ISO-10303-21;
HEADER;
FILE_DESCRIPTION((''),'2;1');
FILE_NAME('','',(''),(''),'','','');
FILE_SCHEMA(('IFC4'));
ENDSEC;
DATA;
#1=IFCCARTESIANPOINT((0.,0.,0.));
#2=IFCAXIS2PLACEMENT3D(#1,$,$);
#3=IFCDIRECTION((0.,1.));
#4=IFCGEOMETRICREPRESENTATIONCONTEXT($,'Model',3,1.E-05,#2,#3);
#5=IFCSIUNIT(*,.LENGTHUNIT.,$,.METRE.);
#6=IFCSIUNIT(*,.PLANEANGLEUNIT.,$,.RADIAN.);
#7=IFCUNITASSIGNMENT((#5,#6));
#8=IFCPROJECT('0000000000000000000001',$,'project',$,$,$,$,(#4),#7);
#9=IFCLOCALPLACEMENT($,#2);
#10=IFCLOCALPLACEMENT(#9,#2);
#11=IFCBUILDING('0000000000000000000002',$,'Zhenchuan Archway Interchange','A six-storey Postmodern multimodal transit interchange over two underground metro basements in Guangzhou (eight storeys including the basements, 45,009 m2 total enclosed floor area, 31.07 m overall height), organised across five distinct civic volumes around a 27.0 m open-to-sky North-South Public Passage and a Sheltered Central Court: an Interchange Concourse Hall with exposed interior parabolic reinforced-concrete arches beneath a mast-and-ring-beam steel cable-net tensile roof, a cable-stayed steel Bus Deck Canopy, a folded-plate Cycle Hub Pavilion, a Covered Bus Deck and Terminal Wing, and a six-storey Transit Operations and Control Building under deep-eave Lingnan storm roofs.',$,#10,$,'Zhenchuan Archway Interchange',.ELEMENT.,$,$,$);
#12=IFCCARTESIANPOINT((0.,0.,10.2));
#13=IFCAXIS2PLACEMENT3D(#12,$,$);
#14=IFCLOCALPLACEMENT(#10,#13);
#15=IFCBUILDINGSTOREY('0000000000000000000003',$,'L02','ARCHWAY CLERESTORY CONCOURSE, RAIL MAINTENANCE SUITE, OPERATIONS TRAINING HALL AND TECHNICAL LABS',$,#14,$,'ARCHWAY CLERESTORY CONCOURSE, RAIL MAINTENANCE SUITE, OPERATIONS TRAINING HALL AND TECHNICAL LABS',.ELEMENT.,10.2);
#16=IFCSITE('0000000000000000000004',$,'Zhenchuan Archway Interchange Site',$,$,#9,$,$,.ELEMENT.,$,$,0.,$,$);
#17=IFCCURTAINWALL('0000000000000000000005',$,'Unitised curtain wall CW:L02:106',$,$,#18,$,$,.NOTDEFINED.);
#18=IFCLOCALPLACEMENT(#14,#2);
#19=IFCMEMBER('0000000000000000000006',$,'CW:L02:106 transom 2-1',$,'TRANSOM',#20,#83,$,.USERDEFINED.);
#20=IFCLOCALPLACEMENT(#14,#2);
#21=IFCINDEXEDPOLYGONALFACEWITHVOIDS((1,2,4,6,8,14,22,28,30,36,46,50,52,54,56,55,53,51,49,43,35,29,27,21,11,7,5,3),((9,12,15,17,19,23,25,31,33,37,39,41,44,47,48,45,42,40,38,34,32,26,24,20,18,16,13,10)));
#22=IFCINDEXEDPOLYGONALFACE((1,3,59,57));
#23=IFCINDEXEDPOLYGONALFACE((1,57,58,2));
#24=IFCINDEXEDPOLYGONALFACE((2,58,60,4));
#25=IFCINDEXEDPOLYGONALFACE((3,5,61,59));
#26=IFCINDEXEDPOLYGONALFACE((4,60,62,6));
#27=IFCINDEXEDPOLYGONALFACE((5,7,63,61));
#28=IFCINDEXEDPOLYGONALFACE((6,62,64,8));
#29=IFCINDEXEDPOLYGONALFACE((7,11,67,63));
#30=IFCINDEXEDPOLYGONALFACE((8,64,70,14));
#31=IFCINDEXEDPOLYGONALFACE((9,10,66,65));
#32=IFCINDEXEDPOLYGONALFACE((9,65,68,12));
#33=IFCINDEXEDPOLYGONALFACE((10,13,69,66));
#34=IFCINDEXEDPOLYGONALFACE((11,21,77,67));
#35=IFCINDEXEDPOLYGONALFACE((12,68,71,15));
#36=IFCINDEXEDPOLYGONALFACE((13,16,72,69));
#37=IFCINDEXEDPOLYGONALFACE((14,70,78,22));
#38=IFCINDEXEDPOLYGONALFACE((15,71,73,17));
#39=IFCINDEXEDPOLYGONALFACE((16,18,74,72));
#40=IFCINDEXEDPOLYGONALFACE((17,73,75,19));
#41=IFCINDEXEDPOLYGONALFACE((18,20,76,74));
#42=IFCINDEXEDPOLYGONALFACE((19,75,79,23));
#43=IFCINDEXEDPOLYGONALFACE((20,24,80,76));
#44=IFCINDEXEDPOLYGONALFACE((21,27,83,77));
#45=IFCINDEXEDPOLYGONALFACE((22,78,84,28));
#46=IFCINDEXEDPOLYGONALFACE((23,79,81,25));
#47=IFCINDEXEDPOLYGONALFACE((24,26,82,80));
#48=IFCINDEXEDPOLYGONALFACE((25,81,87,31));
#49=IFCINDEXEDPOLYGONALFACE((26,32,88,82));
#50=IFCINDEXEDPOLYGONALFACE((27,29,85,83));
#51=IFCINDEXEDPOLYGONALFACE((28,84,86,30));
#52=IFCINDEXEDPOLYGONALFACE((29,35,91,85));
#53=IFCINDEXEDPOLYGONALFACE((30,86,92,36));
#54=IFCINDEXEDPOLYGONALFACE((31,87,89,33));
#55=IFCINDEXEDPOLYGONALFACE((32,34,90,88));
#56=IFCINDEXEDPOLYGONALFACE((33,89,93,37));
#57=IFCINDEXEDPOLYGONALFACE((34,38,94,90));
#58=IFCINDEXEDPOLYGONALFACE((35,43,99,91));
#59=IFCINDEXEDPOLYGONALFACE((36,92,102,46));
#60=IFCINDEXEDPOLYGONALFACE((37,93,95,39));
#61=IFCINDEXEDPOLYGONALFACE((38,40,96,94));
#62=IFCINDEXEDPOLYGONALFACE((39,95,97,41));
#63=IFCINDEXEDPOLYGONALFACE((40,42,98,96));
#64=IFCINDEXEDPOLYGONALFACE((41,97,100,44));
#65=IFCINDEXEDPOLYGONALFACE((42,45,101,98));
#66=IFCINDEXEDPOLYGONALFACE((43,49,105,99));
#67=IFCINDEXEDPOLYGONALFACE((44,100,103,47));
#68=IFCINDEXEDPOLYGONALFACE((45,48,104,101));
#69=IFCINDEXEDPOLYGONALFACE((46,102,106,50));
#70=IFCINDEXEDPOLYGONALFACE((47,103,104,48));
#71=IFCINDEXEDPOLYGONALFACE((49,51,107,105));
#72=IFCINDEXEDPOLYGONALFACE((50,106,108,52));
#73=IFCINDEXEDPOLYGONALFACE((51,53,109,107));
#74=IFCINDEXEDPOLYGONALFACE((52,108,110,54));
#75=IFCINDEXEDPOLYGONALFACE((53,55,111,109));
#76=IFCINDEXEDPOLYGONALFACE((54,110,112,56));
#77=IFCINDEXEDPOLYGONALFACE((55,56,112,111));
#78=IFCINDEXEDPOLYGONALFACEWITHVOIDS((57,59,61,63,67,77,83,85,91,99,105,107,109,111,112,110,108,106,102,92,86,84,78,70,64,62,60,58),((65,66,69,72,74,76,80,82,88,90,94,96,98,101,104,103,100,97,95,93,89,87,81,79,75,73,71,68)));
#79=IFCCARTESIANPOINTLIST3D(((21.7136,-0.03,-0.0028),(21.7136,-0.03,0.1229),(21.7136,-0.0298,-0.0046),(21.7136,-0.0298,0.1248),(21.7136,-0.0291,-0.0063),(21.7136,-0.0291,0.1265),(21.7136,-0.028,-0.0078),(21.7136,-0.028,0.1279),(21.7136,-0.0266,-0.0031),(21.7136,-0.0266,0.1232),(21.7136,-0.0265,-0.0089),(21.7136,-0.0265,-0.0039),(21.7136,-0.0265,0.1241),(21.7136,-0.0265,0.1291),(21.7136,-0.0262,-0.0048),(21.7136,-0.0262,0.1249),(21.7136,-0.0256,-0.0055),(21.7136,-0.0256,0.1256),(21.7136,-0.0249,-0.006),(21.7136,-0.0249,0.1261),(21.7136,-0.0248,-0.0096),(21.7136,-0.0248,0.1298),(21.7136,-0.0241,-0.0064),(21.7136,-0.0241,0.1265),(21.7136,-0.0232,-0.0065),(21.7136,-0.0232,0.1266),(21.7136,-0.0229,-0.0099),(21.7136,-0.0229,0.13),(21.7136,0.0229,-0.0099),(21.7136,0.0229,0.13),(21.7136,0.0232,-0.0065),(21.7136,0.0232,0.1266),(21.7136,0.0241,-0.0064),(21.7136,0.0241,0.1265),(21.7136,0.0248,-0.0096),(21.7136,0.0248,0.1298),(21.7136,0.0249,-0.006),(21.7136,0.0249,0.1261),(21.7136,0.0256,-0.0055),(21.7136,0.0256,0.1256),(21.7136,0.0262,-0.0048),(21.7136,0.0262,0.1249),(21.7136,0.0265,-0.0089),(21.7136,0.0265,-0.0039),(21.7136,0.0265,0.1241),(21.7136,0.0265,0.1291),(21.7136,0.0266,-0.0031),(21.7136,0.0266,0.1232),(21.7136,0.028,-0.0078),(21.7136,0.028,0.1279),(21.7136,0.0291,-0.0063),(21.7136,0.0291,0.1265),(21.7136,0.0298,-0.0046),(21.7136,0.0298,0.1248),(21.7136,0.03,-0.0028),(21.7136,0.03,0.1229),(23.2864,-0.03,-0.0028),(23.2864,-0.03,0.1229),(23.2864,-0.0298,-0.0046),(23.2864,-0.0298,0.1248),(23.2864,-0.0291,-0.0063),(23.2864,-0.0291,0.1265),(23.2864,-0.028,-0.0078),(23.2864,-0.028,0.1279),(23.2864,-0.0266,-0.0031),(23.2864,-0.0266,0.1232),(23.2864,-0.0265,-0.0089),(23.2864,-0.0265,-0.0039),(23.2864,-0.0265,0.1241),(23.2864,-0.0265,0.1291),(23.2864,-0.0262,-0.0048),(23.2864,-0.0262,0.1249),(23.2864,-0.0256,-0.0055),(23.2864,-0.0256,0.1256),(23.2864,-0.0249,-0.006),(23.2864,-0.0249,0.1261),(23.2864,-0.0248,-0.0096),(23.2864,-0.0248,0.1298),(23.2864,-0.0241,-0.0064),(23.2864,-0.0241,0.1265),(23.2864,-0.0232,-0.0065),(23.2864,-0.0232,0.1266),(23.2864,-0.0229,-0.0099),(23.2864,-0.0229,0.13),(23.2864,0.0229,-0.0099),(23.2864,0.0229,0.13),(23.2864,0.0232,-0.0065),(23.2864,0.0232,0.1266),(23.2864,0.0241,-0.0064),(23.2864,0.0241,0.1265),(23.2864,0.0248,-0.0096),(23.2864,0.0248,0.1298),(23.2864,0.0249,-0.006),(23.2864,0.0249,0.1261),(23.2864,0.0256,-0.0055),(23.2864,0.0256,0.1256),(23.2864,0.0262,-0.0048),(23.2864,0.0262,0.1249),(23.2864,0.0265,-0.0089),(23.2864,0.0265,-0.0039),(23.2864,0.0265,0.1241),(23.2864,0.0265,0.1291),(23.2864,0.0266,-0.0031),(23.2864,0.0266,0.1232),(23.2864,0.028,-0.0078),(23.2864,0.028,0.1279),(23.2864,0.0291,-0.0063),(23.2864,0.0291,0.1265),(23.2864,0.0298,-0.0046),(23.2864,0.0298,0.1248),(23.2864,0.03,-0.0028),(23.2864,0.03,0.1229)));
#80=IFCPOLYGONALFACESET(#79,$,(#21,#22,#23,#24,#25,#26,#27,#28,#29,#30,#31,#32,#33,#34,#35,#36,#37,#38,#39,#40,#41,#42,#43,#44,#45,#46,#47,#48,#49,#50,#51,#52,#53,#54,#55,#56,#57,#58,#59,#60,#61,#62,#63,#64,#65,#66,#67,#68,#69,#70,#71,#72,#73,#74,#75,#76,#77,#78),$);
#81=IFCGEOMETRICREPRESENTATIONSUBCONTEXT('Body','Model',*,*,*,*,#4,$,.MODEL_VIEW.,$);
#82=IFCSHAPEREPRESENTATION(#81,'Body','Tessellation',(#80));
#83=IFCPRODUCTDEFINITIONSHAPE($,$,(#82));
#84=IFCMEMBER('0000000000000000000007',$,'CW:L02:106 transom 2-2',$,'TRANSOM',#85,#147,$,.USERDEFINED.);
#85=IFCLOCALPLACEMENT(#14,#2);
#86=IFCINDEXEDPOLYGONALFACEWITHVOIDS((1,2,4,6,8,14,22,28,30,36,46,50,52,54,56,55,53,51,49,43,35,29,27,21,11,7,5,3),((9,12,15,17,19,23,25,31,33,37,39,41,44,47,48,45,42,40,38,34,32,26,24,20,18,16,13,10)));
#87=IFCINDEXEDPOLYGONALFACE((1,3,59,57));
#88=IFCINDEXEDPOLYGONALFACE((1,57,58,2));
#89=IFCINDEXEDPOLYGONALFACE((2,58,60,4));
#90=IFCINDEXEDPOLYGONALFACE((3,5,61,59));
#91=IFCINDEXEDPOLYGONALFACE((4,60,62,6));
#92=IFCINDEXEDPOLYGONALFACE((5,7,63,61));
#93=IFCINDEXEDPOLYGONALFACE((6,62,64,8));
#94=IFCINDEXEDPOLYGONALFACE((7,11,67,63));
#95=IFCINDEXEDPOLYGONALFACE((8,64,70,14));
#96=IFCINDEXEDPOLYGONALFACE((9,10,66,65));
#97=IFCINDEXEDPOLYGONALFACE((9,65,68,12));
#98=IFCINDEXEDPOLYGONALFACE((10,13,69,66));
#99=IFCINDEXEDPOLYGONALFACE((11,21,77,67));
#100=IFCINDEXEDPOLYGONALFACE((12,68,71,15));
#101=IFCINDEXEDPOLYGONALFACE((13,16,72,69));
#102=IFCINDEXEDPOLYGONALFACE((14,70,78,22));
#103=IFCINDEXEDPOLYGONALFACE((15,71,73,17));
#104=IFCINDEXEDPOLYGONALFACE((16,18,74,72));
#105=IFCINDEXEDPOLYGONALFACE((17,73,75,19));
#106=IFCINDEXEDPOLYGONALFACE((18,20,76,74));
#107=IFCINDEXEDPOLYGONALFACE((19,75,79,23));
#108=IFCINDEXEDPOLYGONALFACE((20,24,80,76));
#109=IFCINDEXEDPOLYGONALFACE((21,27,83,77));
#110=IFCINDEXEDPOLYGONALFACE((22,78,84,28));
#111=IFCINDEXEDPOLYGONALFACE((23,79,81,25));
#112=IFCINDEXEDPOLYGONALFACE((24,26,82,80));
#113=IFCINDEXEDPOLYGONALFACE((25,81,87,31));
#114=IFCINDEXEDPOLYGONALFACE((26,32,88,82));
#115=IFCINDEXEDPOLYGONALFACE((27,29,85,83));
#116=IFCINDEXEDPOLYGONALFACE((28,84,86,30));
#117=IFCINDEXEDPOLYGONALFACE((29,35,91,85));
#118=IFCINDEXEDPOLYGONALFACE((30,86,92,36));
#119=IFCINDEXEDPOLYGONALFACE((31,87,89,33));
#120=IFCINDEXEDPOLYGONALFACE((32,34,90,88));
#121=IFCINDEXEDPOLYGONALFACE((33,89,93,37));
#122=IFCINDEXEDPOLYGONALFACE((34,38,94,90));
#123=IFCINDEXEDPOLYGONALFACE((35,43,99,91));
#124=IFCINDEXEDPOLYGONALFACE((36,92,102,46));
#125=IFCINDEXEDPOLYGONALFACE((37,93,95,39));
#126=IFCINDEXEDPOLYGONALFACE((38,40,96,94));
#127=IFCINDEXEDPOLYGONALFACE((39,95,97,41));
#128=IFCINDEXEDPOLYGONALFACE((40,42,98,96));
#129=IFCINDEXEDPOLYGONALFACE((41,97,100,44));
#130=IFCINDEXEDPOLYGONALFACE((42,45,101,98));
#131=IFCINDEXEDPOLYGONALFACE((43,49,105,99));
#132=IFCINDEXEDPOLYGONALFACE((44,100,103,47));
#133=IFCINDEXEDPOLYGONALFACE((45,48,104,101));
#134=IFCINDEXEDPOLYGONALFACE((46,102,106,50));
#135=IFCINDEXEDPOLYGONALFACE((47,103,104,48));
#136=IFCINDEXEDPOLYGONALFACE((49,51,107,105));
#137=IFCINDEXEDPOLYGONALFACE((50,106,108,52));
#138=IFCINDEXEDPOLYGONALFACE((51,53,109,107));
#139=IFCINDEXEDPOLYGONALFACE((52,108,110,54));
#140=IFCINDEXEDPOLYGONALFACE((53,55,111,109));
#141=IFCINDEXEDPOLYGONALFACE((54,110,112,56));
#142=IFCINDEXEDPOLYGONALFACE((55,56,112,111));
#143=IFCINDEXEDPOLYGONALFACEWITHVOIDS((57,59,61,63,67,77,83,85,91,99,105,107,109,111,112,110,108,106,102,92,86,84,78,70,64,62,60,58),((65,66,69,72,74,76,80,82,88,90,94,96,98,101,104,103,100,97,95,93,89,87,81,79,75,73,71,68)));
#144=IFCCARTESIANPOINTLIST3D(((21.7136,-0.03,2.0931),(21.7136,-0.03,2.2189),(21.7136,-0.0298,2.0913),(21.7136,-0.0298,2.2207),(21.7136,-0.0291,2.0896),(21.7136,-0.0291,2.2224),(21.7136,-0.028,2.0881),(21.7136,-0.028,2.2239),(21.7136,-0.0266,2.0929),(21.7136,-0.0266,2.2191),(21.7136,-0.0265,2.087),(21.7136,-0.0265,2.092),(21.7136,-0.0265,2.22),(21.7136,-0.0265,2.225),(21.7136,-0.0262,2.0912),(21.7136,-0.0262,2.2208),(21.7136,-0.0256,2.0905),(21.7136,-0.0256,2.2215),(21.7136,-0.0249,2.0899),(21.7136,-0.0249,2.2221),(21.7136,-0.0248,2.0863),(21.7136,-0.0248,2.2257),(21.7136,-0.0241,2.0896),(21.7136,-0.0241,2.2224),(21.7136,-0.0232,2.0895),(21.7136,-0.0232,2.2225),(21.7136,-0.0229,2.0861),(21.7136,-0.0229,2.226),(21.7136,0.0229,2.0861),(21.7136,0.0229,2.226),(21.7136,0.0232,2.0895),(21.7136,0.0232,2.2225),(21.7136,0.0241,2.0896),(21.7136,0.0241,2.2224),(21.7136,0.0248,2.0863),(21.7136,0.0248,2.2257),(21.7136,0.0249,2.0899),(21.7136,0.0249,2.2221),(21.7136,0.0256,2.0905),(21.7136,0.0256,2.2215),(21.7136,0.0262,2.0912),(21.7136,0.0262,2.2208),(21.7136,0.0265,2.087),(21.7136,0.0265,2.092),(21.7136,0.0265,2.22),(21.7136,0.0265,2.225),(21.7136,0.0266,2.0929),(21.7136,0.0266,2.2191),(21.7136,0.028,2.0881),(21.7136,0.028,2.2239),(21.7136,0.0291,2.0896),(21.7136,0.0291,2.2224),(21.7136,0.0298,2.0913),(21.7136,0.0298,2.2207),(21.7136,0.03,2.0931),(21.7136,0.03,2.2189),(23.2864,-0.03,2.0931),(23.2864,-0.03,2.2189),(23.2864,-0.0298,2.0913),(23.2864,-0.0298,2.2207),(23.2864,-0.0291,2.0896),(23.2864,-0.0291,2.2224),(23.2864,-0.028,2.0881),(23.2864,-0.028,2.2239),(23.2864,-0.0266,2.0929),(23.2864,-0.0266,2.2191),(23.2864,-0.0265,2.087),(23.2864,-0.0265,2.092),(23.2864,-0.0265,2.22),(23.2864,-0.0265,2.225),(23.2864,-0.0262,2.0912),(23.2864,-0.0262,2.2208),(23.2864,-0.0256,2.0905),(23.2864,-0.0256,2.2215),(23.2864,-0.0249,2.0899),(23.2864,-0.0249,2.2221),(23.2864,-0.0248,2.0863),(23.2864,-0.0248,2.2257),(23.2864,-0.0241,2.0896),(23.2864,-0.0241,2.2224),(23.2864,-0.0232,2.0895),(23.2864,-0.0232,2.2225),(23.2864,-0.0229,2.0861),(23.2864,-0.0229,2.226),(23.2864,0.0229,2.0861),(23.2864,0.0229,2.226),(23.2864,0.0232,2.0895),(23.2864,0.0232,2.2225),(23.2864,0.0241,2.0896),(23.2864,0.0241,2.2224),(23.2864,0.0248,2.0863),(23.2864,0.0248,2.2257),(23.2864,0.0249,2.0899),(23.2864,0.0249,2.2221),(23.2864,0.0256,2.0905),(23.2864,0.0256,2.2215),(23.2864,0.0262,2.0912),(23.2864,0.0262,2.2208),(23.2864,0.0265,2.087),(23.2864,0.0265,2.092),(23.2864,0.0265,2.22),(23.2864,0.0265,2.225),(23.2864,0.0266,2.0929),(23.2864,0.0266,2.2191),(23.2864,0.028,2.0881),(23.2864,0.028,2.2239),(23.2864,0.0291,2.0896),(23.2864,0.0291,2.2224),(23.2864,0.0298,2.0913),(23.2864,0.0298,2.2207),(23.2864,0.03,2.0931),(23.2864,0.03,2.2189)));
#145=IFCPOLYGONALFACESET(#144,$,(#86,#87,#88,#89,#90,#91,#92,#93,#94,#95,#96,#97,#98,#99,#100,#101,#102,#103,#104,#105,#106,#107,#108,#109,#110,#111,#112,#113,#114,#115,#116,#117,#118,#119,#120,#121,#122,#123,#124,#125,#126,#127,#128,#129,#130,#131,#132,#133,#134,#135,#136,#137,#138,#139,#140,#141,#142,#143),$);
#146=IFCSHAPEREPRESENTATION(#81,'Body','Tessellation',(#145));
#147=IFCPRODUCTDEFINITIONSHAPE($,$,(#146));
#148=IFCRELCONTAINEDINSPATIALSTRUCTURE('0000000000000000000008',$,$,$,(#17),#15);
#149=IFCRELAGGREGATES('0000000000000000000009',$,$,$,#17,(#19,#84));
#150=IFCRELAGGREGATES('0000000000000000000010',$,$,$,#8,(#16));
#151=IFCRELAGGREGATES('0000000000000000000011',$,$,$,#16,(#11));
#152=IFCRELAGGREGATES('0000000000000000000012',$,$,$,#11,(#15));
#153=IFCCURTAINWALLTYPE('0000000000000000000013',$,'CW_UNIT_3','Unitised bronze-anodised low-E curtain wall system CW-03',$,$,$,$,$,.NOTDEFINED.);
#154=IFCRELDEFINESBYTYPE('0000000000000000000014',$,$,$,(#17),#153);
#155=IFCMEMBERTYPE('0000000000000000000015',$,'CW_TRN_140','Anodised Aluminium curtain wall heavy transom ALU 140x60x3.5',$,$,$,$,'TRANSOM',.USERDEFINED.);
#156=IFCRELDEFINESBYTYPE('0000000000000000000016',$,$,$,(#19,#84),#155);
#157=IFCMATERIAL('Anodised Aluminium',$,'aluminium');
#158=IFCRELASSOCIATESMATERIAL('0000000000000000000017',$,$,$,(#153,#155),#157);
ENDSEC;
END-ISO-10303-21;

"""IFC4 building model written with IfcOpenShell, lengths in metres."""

from ifc_helpers import new_model, si_unit, direction, frame, origin, origin_2d, place, context, subcontext, project, spatial, hollow_rectangle, extrude, material, material_profile, profile_set, type_object, element, aggregate, save


model = new_model("IFC4")

# Units and contexts
model_context = context("Model", 3, precision=1e-05, world=origin(), true_north=direction((0.0, 1.0)))
body_context = subcontext(model_context, "Body", "Model", "MODEL_VIEW")
ifc_project = project(units=[si_unit("LENGTHUNIT", "METRE"), si_unit("PLANEANGLEUNIT", "RADIAN")], contexts=[model_context])

# Site, building, storey
site_placement = place(None, origin())
site = spatial("IfcSite", under=ifc_project, at=site_placement, Name="Zhenchuan Archway Interchange Site", CompositionType="ELEMENT", RefElevation=0.0)
building_placement = place(site_placement, origin())
building = spatial("IfcBuilding", under=site, at=building_placement, Name="Zhenchuan Archway Interchange", Description="A six-storey Postmodern multimodal transit interchange over two underground metro basements in Guangzhou (eight storeys including the basements, 45,009 m2 total enclosed floor area, 31.07 m overall height), organised across five distinct civic volumes around a 27.0 m open-to-sky North-South Public Passage and a Sheltered Central Court: an Interchange Concourse Hall with exposed interior parabolic reinforced-concrete arches beneath a mast-and-ring-beam steel cable-net tensile roof, a cable-stayed steel Bus Deck Canopy, a folded-plate Cycle Hub Pavilion, a Covered Bus Deck and Terminal Wing, and a six-storey Transit Operations and Control Building under deep-eave Lingnan storm roofs.", LongName="Zhenchuan Archway Interchange", CompositionType="ELEMENT")
storey_placement = place(building_placement, frame((0.0, 0.0, 10.2)))
storey = spatial("IfcBuildingStorey", under=building, at=storey_placement, Name="L02", Description="ARCHWAY CLERESTORY CONCOURSE, RAIL MAINTENANCE SUITE, OPERATIONS TRAINING HALL AND TECHNICAL LABS", LongName="ARCHWAY CLERESTORY CONCOURSE, RAIL MAINTENANCE SUITE, OPERATIONS TRAINING HALL AND TECHNICAL LABS", CompositionType="ELEMENT", Elevation=10.2)

# Curtain wall, members
ifc_material_1 = material(Name="Anodised Aluminium", Category="aluminium")
curtain_wall_type = type_object("IfcCurtainWallType", Name="CW_UNIT_3", Description="Unitised bronze-anodised low-E curtain wall system CW-03", PredefinedType="NOTDEFINED", material=ifc_material_1)
curtain_wall_placement = place(storey_placement, origin())
curtain_wall = element("IfcCurtainWall", 1, at=curtain_wall_placement, inside=storey, type_object=curtain_wall_type, Name="Unitised curtain wall CW:L02:106", PredefinedType="NOTDEFINED")
ifc_material_profile_1 = material_profile(ifc_material_1, hollow_rectangle(XDim=0.0601, YDim=0.1399, WallThickness=0.0034, InnerFilletRadius=0.0034, OuterFilletRadius=0.0071, at=origin_2d()), Name="ALU 140x60x3.5")
ifc_profile_set_1 = profile_set([ifc_material_profile_1], Name="Anodised Aluminium")
member_type_1 = type_object("IfcMemberType", Name="CW_TRN_140", Description="Anodised Aluminium curtain wall heavy transom ALU 140x60x3.5", ElementType="TRANSOM", PredefinedType="USERDEFINED", material=ifc_profile_set_1)
member_1_placement = place(storey_placement, frame((23.2864, 0.0, 0.0601), z_axis=(-1.0, 0.0, 0.0), x_axis=(0.0, -1.0, 0.0)))
member_1 = element("IfcMember", 2, at=member_1_placement, type_object=member_type_1, Name="CW:L02:106 transom 2-1", ObjectType="TRANSOM", PredefinedType="USERDEFINED", context=body_context, shape_type="SweptSolid", body=[
    extrude(hollow_rectangle(XDim=0.0601, YDim=0.1399, WallThickness=0.0034, InnerFilletRadius=0.0034, OuterFilletRadius=0.0071, at=origin_2d()), origin(), (0.0, 0.0, 1.0), 1.5728),
])
member_2_placement = place(storey_placement, frame((23.2864, 0.0, 2.156), z_axis=(-1.0, 0.0, 0.0), x_axis=(0.0, -1.0, 0.0)))
member_2 = element("IfcMember", 3, at=member_2_placement, type_object=member_type_1, Name="CW:L02:106 transom 2-2", ObjectType="TRANSOM", PredefinedType="USERDEFINED", context=body_context, shape_type="SweptSolid", body=[
    extrude(hollow_rectangle(XDim=0.0601, YDim=0.1399, WallThickness=0.0034, InnerFilletRadius=0.0034, OuterFilletRadius=0.0071, at=origin_2d()), origin(), (0.0, 0.0, 1.0), 1.5728),
])

aggregate(curtain_wall, [member_1, member_2])

save(model, "model.ifc")
